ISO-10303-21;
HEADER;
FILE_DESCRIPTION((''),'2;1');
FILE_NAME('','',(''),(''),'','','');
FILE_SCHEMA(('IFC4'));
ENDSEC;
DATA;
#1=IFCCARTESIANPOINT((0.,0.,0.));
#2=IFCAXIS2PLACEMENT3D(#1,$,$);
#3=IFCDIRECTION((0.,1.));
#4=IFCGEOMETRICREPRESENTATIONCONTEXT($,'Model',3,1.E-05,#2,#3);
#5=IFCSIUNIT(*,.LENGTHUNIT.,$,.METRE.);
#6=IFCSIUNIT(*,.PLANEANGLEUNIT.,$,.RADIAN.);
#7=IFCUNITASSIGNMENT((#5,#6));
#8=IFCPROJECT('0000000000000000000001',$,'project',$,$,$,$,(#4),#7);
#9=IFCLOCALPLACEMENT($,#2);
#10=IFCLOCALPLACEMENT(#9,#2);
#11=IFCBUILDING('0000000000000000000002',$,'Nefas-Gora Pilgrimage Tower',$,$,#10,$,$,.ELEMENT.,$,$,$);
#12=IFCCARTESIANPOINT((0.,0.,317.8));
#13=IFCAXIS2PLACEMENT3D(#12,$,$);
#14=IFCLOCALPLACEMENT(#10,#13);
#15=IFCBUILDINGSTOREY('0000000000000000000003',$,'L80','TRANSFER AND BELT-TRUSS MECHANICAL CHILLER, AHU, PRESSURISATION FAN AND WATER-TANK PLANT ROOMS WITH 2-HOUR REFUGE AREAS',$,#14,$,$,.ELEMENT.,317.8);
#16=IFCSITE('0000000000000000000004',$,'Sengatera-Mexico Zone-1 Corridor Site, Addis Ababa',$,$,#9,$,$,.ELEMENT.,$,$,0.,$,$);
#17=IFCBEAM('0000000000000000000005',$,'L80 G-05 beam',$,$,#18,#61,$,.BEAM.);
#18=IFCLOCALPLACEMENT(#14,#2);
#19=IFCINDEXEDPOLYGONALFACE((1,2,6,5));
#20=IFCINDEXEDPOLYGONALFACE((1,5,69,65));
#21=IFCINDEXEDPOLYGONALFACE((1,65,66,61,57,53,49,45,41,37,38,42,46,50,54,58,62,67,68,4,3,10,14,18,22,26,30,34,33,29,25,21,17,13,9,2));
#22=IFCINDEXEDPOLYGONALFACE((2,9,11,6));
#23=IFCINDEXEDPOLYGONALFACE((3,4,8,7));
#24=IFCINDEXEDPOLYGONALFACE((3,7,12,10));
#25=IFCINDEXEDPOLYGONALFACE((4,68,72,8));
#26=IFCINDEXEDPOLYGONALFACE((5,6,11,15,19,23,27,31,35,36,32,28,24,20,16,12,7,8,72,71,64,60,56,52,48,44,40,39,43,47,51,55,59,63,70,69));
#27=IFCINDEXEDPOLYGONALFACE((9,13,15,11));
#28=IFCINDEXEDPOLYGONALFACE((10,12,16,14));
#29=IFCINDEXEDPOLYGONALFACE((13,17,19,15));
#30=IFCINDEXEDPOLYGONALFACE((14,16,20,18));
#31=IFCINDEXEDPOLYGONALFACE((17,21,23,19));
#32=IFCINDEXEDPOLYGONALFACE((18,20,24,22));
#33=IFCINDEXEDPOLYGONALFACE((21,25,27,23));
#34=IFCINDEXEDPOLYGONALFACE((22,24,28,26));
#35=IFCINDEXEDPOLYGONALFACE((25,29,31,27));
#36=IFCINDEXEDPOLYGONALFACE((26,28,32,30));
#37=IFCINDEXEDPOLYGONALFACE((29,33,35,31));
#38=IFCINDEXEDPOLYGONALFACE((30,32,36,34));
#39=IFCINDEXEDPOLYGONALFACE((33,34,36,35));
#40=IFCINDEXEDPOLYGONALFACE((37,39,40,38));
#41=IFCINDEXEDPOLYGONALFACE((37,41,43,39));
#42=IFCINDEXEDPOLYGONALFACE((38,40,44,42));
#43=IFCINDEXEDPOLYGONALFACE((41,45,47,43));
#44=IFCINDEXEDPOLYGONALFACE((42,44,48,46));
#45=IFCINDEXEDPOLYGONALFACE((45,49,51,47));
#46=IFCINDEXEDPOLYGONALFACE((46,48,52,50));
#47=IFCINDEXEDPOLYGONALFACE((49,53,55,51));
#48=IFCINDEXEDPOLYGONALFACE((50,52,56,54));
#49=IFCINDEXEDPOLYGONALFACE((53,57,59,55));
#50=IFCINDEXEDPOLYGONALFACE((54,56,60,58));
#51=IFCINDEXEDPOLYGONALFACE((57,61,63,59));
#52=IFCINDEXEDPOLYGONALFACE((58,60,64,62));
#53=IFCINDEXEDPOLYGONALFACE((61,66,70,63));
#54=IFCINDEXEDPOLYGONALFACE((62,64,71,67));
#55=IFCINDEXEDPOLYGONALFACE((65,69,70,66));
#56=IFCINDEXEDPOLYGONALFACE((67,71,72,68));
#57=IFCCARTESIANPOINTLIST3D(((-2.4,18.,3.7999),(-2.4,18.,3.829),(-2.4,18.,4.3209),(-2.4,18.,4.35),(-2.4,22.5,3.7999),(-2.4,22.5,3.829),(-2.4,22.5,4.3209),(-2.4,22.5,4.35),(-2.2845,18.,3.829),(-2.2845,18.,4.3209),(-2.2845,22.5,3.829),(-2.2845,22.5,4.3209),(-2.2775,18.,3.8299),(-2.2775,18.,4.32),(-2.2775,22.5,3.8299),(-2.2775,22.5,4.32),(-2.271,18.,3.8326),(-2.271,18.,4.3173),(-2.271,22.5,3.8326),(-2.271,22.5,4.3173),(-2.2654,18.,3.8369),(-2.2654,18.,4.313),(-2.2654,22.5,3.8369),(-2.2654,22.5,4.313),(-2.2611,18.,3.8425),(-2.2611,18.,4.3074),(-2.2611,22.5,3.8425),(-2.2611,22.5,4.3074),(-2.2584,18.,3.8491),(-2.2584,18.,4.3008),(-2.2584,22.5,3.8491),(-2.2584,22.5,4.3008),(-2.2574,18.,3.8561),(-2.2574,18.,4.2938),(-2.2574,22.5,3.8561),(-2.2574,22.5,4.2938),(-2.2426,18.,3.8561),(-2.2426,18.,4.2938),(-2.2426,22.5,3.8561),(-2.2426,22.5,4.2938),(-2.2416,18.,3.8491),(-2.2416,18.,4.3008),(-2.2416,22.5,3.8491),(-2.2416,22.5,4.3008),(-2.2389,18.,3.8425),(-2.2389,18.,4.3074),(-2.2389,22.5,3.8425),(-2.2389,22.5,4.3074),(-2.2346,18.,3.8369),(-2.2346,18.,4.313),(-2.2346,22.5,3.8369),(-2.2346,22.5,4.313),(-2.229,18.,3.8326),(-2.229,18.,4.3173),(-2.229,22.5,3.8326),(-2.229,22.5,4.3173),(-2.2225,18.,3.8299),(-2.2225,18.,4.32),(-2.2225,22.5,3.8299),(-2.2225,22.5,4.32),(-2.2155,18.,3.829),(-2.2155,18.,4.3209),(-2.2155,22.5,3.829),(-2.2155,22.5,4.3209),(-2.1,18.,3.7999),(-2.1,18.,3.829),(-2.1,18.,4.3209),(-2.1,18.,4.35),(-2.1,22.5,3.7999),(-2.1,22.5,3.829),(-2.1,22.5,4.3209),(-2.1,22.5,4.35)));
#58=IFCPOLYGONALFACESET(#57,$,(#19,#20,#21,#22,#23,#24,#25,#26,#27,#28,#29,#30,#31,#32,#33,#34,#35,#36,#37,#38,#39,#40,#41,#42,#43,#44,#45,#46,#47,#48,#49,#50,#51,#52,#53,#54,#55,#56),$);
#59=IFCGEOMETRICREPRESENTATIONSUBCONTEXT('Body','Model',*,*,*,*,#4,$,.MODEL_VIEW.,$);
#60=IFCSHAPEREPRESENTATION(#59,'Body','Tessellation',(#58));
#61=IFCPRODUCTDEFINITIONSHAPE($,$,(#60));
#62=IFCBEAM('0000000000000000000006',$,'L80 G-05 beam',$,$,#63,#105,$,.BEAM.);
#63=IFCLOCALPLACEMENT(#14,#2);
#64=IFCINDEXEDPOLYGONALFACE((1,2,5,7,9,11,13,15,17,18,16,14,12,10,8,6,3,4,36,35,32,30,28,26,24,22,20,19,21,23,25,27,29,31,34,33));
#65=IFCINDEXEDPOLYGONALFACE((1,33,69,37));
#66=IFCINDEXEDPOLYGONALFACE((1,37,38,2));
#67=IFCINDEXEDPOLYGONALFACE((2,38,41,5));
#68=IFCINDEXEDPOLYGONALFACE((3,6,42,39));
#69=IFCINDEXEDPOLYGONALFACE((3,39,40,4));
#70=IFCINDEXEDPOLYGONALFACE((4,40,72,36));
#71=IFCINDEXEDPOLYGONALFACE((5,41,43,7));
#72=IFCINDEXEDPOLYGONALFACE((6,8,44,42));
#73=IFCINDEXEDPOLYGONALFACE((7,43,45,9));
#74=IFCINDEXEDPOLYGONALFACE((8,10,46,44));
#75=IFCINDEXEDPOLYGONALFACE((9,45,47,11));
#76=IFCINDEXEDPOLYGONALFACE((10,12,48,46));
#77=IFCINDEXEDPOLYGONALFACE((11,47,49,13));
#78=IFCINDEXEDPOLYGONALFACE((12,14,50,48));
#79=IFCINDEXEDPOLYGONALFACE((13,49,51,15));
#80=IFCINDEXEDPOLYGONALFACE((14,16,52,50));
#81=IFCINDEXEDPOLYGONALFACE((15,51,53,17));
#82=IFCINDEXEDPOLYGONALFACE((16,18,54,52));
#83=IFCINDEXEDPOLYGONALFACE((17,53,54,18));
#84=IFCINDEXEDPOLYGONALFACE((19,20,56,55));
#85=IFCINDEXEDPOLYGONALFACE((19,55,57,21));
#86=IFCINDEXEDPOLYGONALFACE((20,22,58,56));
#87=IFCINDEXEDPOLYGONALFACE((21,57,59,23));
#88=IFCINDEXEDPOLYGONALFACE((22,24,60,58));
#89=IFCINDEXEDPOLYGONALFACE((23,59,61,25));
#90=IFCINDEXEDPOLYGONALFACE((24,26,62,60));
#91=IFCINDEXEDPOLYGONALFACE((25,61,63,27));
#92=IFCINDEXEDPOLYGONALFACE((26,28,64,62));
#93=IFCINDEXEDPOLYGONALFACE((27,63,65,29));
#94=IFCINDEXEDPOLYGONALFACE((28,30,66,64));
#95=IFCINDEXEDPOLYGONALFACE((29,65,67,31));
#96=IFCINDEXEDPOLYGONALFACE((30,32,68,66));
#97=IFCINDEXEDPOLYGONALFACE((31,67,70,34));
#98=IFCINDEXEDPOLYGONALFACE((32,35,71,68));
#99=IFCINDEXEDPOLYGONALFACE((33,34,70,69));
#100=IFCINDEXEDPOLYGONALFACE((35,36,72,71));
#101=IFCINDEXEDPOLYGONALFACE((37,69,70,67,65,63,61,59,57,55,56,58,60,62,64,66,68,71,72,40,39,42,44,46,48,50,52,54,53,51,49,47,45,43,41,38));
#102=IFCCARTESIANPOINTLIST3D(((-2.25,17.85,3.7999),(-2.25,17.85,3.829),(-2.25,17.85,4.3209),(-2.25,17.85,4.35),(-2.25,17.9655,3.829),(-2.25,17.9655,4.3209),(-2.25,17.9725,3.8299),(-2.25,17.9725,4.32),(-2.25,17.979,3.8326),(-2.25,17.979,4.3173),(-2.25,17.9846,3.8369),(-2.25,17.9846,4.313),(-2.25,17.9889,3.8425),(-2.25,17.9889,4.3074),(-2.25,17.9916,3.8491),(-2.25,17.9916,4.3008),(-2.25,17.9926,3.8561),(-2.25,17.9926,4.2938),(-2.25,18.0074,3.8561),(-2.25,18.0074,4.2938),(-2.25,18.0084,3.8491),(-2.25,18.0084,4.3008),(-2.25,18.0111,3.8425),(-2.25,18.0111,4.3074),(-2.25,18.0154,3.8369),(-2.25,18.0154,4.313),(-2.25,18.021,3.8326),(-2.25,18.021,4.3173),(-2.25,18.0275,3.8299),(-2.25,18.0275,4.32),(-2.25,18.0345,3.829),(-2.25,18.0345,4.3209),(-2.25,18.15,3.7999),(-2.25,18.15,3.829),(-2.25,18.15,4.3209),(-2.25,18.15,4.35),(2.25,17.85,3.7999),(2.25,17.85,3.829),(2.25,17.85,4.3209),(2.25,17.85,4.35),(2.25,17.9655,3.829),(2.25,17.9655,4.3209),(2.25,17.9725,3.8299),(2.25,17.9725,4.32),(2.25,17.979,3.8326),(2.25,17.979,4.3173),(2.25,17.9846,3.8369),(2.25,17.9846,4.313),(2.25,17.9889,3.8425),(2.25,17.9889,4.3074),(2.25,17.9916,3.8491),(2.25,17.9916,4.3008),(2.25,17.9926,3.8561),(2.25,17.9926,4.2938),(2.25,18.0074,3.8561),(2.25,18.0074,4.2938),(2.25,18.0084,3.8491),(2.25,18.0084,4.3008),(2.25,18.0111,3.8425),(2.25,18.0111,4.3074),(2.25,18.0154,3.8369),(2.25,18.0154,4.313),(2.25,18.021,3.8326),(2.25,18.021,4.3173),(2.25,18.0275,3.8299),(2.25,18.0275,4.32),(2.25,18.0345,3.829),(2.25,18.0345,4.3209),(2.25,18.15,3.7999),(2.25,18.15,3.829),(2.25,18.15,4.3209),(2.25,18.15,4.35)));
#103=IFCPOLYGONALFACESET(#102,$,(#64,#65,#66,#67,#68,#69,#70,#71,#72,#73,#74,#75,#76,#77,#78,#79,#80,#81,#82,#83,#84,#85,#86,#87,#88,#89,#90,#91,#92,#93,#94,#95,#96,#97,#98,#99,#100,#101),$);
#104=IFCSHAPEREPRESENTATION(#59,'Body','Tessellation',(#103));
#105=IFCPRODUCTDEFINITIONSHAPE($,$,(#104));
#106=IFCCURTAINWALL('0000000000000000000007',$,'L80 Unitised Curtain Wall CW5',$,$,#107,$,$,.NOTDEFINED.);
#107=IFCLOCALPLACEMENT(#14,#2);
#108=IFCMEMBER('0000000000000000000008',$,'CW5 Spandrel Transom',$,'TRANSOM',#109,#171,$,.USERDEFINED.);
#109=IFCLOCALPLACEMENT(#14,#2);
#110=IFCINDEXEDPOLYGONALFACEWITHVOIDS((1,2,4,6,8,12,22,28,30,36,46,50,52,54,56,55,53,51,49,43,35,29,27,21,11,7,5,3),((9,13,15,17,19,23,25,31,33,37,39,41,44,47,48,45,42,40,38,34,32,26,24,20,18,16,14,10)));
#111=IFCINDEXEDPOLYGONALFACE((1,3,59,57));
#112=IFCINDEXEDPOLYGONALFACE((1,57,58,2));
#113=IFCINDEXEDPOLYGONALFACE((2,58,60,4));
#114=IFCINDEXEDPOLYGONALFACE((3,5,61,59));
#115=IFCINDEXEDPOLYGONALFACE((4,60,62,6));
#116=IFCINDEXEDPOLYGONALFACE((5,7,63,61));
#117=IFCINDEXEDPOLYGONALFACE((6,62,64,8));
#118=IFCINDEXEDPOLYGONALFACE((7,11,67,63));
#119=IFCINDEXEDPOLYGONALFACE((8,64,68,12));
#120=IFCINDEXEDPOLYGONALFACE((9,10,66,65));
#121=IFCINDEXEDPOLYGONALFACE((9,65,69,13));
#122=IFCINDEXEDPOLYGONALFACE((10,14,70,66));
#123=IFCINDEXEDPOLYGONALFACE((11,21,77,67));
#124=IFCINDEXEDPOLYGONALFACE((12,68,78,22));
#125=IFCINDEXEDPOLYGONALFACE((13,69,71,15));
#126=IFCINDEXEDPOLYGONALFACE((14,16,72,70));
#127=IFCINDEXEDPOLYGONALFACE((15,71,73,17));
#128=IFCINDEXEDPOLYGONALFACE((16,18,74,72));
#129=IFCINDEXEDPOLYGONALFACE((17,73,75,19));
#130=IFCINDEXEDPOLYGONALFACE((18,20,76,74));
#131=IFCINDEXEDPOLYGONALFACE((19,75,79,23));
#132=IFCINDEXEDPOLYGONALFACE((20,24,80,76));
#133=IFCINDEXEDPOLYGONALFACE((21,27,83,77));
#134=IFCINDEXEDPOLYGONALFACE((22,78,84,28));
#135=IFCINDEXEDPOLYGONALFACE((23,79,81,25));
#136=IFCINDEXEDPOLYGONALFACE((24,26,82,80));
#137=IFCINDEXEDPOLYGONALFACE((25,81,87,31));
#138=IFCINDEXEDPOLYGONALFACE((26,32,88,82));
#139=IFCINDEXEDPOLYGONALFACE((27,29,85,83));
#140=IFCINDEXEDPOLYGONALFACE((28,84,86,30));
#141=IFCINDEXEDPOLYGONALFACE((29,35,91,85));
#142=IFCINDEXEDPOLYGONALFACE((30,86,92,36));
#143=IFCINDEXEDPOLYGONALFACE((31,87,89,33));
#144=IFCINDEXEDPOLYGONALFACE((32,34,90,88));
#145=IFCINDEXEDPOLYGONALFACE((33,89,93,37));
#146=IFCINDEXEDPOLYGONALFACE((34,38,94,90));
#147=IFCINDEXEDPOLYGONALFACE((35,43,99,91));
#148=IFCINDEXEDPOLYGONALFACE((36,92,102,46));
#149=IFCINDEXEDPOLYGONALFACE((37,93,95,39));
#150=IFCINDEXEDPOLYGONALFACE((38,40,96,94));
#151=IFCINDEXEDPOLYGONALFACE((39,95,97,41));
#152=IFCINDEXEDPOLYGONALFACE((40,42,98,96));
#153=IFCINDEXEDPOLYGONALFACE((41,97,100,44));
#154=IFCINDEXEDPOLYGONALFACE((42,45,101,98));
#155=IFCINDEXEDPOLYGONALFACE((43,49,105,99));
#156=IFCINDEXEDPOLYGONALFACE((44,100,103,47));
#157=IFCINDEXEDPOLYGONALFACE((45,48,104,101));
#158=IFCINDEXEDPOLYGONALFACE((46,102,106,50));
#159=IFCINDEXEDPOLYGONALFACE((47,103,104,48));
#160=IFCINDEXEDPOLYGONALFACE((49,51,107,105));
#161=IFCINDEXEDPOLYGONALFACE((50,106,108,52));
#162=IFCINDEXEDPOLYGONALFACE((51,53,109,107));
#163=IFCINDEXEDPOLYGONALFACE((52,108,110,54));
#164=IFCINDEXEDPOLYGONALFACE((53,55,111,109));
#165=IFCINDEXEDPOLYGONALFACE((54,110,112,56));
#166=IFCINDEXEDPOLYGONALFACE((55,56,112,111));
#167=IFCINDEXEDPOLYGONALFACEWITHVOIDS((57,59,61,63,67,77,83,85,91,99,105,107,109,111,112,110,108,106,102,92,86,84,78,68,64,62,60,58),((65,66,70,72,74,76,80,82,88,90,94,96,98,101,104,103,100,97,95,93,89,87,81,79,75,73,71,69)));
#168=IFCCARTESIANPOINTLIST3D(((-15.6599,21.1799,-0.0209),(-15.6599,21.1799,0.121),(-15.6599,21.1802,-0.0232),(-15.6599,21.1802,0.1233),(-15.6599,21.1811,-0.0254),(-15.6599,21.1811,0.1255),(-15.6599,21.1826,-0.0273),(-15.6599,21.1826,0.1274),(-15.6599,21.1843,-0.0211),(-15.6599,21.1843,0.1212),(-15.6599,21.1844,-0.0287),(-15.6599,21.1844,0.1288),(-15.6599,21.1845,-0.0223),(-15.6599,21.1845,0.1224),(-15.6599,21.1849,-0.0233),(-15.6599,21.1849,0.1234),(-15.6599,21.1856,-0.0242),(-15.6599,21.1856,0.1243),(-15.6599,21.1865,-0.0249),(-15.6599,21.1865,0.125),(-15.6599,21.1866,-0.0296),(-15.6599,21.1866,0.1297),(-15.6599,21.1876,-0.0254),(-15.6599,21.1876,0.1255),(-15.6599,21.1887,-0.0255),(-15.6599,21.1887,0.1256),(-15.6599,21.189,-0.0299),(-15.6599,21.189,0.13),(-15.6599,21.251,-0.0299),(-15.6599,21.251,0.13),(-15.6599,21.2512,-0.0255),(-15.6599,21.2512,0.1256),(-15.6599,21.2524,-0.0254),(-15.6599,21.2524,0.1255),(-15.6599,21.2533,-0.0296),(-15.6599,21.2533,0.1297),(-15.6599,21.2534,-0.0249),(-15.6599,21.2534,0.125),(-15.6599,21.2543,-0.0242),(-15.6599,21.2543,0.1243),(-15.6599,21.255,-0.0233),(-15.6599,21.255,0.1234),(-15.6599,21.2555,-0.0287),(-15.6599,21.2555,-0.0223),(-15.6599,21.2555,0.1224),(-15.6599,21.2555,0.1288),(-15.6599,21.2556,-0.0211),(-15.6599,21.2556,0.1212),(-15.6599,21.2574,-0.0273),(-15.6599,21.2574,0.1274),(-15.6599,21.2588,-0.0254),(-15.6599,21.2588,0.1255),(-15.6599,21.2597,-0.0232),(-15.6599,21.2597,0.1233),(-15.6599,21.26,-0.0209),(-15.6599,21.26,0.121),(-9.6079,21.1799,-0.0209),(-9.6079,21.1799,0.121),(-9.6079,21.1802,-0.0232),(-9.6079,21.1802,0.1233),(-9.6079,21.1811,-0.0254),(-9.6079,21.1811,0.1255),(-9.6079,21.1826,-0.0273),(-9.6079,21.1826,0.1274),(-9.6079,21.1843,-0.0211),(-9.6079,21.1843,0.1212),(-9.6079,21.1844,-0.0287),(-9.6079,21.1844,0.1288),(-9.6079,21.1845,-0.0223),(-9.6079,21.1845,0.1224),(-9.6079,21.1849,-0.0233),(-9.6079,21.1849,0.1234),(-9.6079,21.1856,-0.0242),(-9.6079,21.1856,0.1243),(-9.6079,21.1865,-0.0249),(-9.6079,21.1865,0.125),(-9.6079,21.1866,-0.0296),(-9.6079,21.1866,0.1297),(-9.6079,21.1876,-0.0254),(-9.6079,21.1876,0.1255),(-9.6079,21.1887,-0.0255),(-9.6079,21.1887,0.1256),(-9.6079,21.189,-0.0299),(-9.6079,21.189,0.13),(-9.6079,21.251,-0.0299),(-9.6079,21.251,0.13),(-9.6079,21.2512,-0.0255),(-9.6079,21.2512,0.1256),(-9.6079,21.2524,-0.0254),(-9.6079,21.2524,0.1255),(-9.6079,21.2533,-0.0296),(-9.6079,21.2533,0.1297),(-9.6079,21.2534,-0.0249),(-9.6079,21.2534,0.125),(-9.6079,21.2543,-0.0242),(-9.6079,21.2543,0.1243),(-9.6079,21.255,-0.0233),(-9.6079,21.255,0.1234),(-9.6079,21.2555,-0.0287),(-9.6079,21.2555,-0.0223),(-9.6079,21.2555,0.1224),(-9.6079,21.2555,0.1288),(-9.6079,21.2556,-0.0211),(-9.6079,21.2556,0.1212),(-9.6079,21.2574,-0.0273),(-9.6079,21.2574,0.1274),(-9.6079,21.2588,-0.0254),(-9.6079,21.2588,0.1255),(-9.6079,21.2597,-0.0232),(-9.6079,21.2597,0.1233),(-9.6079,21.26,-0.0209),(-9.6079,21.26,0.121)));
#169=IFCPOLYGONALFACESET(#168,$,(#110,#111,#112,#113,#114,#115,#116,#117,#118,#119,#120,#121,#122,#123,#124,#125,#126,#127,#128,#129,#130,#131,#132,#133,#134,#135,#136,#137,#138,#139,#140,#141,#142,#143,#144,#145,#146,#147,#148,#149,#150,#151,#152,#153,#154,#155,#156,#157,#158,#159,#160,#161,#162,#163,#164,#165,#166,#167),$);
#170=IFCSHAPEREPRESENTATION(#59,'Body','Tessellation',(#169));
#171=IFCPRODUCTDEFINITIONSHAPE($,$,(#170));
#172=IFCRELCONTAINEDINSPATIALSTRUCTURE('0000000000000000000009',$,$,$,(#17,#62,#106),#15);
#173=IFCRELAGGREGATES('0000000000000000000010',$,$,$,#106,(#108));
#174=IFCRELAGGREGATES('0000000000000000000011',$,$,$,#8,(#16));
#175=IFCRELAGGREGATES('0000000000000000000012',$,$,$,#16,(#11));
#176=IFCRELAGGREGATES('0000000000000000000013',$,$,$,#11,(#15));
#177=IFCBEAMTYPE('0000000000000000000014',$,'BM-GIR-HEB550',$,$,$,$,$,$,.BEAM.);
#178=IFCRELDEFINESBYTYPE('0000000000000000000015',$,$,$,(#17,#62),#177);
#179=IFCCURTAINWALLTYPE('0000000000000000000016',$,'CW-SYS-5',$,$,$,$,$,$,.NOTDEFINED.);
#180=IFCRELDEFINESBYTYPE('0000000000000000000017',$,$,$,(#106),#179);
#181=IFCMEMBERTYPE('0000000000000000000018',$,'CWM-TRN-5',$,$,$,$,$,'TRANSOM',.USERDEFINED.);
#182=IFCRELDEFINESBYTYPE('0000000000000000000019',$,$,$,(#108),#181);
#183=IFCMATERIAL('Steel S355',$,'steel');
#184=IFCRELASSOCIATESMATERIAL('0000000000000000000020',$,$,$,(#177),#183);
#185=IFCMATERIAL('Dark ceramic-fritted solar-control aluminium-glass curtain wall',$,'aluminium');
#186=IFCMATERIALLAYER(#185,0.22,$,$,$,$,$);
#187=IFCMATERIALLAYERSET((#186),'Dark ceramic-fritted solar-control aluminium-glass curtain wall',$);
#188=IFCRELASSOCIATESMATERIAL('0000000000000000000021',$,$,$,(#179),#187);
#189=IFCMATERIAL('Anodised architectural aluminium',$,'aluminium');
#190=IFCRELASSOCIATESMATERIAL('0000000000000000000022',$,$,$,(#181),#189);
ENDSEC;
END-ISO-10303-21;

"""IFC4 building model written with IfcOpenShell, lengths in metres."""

from ifc_helpers import new_model, si_unit, direction, frame, origin, origin_2d, place, context, subcontext, project, spatial, hollow_rectangle, i_section, extrude, source, transform, mapped, material, layer, layer_set, material_profile, profile_set, type_object, element, aggregate, save


model = new_model("IFC4")

# Units and contexts
model_context = context("Model", 3, precision=1e-05, world=origin(), true_north=direction((0.0, 1.0)))
body_context = subcontext(model_context, "Body", "Model", "MODEL_VIEW")
ifc_project = project(units=[si_unit("LENGTHUNIT", "METRE"), si_unit("PLANEANGLEUNIT", "RADIAN")], contexts=[model_context])

# Site, building, storey
site_placement = place(None, origin())
site = spatial("IfcSite", under=ifc_project, at=site_placement, Name="Sengatera-Mexico Zone-1 Corridor Site, Addis Ababa", CompositionType="ELEMENT", RefElevation=0.0)
building_placement = place(site_placement, origin())
building = spatial("IfcBuilding", under=site, at=building_placement, Name="Nefas-Gora Pilgrimage Tower", CompositionType="ELEMENT")
storey_placement = place(building_placement, frame((0.0, 0.0, 317.8)))
storey = spatial("IfcBuildingStorey", under=building, at=storey_placement, Name="L80", Description="TRANSFER AND BELT-TRUSS MECHANICAL CHILLER, AHU, PRESSURISATION FAN AND WATER-TANK PLANT ROOMS WITH 2-HOUR REFUGE AREAS", CompositionType="ELEMENT", Elevation=317.8)

# Shared definitions
ifc_material_1 = material(Name="Steel S355", Category="steel")

# Beams
ifc_material_profile_1 = material_profile(ifc_material_1, i_section(OverallWidth=0.3, OverallDepth=0.55, WebThickness=0.0149, FlangeThickness=0.0291, FilletRadius=0.0271, at=origin_2d()), Name="HEB 550")
ifc_profile_set_1 = profile_set([ifc_material_profile_1], Name="Steel S355")
beam_type = type_object("IfcBeamType", Name="BM-GIR-HEB550", PredefinedType="BEAM", material=ifc_profile_set_1)
shared_shape_1 = source(origin(), body_context, "Body", "SweptSolid", [
    extrude(i_section(OverallWidth=0.3, OverallDepth=0.55, WebThickness=0.0149, FlangeThickness=0.0291, FilletRadius=0.0271, at=origin_2d()), origin(), (0.0, 0.0, 1.0), 4.5),
])
for number, where, z_axis, x_axis, name in (
    (1, (-2.25, 18.0, 4.075), (0.0, 1.0, 0.0), (-1.0, 0.0, 0.0), "L80 G-05 beam"),
    (2, (-2.25, 18.0, 4.075), (1.0, 0.0, 0.0), (0.0, 1.0, 0.0), "L80 G-05 beam"),
):
    element("IfcBeam", number, at=place(storey_placement, frame(where, z_axis=z_axis, x_axis=x_axis)), inside=storey, type_object=beam_type, Name=name, PredefinedType="BEAM", context=body_context, shape_type="MappedRepresentation", body=[
        mapped(shared_shape_1, transform((0.0, 0.0, 0.0), x_axis=(1.0, 0.0, 0.0), y_axis=(0.0, 1.0, 0.0), z_axis=(0.0, 0.0, 1.0), scale=1.0)),
    ])

# Curtain wall, member
ifc_material_2 = material(Name="Dark ceramic-fritted solar-control aluminium-glass curtain wall", Category="aluminium")
ifc_layer_1 = layer(ifc_material_2, 0.22)
ifc_layer_set_1 = layer_set([ifc_layer_1], Name="Dark ceramic-fritted solar-control aluminium-glass curtain wall")
curtain_wall_type = type_object("IfcCurtainWallType", Name="CW-SYS-5", PredefinedType="NOTDEFINED", material=ifc_layer_set_1)
curtain_wall_1_placement = place(storey_placement, origin())
curtain_wall_1 = element("IfcCurtainWall", 3, at=curtain_wall_1_placement, inside=storey, type_object=curtain_wall_type, Name="L80 Unitised Curtain Wall CW5", PredefinedType="NOTDEFINED")
ifc_material_3 = material(Name="Anodised architectural aluminium", Category="aluminium")
ifc_material_profile_2 = material_profile(ifc_material_3, hollow_rectangle(XDim=0.0801, YDim=0.1599, WallThickness=0.0044, InnerFilletRadius=0.0044, OuterFilletRadius=0.009, at=origin_2d()), Name="ALU TRANSOM 80x160")
ifc_profile_set_2 = profile_set([ifc_material_profile_2], Name="Anodised architectural aluminium")
member_type_1 = type_object("IfcMemberType", Name="CWM-TRN-5", ElementType="TRANSOM", PredefinedType="USERDEFINED", material=ifc_profile_set_2)
shared_shape_2 = source(origin(), body_context, "Body", "SweptSolid", [
    extrude(hollow_rectangle(XDim=0.0801, YDim=0.1599, WallThickness=0.0044, InnerFilletRadius=0.0044, OuterFilletRadius=0.009, at=origin_2d()), origin(), (0.0, 0.0, 1.0), 6.052),
])
member_1_placement = place(storey_placement, frame((-9.6079, 21.22, 0.05), z_axis=(-1.0, 0.0, 0.0), x_axis=(0.0, -1.0, 0.0)))
member_1 = element("IfcMember", 4, at=member_1_placement, type_object=member_type_1, Name="CW5 Spandrel Transom", ObjectType="TRANSOM", PredefinedType="USERDEFINED", context=body_context, shape_type="MappedRepresentation", body=[
    mapped(shared_shape_2, transform((0.0, 0.0, 0.0), x_axis=(1.0, 0.0, 0.0), y_axis=(0.0, 1.0, 0.0), z_axis=(0.0, 0.0, 1.0), scale=1.0)),
])

aggregate(curtain_wall_1, [member_1])

save(model, "model.ifc")
